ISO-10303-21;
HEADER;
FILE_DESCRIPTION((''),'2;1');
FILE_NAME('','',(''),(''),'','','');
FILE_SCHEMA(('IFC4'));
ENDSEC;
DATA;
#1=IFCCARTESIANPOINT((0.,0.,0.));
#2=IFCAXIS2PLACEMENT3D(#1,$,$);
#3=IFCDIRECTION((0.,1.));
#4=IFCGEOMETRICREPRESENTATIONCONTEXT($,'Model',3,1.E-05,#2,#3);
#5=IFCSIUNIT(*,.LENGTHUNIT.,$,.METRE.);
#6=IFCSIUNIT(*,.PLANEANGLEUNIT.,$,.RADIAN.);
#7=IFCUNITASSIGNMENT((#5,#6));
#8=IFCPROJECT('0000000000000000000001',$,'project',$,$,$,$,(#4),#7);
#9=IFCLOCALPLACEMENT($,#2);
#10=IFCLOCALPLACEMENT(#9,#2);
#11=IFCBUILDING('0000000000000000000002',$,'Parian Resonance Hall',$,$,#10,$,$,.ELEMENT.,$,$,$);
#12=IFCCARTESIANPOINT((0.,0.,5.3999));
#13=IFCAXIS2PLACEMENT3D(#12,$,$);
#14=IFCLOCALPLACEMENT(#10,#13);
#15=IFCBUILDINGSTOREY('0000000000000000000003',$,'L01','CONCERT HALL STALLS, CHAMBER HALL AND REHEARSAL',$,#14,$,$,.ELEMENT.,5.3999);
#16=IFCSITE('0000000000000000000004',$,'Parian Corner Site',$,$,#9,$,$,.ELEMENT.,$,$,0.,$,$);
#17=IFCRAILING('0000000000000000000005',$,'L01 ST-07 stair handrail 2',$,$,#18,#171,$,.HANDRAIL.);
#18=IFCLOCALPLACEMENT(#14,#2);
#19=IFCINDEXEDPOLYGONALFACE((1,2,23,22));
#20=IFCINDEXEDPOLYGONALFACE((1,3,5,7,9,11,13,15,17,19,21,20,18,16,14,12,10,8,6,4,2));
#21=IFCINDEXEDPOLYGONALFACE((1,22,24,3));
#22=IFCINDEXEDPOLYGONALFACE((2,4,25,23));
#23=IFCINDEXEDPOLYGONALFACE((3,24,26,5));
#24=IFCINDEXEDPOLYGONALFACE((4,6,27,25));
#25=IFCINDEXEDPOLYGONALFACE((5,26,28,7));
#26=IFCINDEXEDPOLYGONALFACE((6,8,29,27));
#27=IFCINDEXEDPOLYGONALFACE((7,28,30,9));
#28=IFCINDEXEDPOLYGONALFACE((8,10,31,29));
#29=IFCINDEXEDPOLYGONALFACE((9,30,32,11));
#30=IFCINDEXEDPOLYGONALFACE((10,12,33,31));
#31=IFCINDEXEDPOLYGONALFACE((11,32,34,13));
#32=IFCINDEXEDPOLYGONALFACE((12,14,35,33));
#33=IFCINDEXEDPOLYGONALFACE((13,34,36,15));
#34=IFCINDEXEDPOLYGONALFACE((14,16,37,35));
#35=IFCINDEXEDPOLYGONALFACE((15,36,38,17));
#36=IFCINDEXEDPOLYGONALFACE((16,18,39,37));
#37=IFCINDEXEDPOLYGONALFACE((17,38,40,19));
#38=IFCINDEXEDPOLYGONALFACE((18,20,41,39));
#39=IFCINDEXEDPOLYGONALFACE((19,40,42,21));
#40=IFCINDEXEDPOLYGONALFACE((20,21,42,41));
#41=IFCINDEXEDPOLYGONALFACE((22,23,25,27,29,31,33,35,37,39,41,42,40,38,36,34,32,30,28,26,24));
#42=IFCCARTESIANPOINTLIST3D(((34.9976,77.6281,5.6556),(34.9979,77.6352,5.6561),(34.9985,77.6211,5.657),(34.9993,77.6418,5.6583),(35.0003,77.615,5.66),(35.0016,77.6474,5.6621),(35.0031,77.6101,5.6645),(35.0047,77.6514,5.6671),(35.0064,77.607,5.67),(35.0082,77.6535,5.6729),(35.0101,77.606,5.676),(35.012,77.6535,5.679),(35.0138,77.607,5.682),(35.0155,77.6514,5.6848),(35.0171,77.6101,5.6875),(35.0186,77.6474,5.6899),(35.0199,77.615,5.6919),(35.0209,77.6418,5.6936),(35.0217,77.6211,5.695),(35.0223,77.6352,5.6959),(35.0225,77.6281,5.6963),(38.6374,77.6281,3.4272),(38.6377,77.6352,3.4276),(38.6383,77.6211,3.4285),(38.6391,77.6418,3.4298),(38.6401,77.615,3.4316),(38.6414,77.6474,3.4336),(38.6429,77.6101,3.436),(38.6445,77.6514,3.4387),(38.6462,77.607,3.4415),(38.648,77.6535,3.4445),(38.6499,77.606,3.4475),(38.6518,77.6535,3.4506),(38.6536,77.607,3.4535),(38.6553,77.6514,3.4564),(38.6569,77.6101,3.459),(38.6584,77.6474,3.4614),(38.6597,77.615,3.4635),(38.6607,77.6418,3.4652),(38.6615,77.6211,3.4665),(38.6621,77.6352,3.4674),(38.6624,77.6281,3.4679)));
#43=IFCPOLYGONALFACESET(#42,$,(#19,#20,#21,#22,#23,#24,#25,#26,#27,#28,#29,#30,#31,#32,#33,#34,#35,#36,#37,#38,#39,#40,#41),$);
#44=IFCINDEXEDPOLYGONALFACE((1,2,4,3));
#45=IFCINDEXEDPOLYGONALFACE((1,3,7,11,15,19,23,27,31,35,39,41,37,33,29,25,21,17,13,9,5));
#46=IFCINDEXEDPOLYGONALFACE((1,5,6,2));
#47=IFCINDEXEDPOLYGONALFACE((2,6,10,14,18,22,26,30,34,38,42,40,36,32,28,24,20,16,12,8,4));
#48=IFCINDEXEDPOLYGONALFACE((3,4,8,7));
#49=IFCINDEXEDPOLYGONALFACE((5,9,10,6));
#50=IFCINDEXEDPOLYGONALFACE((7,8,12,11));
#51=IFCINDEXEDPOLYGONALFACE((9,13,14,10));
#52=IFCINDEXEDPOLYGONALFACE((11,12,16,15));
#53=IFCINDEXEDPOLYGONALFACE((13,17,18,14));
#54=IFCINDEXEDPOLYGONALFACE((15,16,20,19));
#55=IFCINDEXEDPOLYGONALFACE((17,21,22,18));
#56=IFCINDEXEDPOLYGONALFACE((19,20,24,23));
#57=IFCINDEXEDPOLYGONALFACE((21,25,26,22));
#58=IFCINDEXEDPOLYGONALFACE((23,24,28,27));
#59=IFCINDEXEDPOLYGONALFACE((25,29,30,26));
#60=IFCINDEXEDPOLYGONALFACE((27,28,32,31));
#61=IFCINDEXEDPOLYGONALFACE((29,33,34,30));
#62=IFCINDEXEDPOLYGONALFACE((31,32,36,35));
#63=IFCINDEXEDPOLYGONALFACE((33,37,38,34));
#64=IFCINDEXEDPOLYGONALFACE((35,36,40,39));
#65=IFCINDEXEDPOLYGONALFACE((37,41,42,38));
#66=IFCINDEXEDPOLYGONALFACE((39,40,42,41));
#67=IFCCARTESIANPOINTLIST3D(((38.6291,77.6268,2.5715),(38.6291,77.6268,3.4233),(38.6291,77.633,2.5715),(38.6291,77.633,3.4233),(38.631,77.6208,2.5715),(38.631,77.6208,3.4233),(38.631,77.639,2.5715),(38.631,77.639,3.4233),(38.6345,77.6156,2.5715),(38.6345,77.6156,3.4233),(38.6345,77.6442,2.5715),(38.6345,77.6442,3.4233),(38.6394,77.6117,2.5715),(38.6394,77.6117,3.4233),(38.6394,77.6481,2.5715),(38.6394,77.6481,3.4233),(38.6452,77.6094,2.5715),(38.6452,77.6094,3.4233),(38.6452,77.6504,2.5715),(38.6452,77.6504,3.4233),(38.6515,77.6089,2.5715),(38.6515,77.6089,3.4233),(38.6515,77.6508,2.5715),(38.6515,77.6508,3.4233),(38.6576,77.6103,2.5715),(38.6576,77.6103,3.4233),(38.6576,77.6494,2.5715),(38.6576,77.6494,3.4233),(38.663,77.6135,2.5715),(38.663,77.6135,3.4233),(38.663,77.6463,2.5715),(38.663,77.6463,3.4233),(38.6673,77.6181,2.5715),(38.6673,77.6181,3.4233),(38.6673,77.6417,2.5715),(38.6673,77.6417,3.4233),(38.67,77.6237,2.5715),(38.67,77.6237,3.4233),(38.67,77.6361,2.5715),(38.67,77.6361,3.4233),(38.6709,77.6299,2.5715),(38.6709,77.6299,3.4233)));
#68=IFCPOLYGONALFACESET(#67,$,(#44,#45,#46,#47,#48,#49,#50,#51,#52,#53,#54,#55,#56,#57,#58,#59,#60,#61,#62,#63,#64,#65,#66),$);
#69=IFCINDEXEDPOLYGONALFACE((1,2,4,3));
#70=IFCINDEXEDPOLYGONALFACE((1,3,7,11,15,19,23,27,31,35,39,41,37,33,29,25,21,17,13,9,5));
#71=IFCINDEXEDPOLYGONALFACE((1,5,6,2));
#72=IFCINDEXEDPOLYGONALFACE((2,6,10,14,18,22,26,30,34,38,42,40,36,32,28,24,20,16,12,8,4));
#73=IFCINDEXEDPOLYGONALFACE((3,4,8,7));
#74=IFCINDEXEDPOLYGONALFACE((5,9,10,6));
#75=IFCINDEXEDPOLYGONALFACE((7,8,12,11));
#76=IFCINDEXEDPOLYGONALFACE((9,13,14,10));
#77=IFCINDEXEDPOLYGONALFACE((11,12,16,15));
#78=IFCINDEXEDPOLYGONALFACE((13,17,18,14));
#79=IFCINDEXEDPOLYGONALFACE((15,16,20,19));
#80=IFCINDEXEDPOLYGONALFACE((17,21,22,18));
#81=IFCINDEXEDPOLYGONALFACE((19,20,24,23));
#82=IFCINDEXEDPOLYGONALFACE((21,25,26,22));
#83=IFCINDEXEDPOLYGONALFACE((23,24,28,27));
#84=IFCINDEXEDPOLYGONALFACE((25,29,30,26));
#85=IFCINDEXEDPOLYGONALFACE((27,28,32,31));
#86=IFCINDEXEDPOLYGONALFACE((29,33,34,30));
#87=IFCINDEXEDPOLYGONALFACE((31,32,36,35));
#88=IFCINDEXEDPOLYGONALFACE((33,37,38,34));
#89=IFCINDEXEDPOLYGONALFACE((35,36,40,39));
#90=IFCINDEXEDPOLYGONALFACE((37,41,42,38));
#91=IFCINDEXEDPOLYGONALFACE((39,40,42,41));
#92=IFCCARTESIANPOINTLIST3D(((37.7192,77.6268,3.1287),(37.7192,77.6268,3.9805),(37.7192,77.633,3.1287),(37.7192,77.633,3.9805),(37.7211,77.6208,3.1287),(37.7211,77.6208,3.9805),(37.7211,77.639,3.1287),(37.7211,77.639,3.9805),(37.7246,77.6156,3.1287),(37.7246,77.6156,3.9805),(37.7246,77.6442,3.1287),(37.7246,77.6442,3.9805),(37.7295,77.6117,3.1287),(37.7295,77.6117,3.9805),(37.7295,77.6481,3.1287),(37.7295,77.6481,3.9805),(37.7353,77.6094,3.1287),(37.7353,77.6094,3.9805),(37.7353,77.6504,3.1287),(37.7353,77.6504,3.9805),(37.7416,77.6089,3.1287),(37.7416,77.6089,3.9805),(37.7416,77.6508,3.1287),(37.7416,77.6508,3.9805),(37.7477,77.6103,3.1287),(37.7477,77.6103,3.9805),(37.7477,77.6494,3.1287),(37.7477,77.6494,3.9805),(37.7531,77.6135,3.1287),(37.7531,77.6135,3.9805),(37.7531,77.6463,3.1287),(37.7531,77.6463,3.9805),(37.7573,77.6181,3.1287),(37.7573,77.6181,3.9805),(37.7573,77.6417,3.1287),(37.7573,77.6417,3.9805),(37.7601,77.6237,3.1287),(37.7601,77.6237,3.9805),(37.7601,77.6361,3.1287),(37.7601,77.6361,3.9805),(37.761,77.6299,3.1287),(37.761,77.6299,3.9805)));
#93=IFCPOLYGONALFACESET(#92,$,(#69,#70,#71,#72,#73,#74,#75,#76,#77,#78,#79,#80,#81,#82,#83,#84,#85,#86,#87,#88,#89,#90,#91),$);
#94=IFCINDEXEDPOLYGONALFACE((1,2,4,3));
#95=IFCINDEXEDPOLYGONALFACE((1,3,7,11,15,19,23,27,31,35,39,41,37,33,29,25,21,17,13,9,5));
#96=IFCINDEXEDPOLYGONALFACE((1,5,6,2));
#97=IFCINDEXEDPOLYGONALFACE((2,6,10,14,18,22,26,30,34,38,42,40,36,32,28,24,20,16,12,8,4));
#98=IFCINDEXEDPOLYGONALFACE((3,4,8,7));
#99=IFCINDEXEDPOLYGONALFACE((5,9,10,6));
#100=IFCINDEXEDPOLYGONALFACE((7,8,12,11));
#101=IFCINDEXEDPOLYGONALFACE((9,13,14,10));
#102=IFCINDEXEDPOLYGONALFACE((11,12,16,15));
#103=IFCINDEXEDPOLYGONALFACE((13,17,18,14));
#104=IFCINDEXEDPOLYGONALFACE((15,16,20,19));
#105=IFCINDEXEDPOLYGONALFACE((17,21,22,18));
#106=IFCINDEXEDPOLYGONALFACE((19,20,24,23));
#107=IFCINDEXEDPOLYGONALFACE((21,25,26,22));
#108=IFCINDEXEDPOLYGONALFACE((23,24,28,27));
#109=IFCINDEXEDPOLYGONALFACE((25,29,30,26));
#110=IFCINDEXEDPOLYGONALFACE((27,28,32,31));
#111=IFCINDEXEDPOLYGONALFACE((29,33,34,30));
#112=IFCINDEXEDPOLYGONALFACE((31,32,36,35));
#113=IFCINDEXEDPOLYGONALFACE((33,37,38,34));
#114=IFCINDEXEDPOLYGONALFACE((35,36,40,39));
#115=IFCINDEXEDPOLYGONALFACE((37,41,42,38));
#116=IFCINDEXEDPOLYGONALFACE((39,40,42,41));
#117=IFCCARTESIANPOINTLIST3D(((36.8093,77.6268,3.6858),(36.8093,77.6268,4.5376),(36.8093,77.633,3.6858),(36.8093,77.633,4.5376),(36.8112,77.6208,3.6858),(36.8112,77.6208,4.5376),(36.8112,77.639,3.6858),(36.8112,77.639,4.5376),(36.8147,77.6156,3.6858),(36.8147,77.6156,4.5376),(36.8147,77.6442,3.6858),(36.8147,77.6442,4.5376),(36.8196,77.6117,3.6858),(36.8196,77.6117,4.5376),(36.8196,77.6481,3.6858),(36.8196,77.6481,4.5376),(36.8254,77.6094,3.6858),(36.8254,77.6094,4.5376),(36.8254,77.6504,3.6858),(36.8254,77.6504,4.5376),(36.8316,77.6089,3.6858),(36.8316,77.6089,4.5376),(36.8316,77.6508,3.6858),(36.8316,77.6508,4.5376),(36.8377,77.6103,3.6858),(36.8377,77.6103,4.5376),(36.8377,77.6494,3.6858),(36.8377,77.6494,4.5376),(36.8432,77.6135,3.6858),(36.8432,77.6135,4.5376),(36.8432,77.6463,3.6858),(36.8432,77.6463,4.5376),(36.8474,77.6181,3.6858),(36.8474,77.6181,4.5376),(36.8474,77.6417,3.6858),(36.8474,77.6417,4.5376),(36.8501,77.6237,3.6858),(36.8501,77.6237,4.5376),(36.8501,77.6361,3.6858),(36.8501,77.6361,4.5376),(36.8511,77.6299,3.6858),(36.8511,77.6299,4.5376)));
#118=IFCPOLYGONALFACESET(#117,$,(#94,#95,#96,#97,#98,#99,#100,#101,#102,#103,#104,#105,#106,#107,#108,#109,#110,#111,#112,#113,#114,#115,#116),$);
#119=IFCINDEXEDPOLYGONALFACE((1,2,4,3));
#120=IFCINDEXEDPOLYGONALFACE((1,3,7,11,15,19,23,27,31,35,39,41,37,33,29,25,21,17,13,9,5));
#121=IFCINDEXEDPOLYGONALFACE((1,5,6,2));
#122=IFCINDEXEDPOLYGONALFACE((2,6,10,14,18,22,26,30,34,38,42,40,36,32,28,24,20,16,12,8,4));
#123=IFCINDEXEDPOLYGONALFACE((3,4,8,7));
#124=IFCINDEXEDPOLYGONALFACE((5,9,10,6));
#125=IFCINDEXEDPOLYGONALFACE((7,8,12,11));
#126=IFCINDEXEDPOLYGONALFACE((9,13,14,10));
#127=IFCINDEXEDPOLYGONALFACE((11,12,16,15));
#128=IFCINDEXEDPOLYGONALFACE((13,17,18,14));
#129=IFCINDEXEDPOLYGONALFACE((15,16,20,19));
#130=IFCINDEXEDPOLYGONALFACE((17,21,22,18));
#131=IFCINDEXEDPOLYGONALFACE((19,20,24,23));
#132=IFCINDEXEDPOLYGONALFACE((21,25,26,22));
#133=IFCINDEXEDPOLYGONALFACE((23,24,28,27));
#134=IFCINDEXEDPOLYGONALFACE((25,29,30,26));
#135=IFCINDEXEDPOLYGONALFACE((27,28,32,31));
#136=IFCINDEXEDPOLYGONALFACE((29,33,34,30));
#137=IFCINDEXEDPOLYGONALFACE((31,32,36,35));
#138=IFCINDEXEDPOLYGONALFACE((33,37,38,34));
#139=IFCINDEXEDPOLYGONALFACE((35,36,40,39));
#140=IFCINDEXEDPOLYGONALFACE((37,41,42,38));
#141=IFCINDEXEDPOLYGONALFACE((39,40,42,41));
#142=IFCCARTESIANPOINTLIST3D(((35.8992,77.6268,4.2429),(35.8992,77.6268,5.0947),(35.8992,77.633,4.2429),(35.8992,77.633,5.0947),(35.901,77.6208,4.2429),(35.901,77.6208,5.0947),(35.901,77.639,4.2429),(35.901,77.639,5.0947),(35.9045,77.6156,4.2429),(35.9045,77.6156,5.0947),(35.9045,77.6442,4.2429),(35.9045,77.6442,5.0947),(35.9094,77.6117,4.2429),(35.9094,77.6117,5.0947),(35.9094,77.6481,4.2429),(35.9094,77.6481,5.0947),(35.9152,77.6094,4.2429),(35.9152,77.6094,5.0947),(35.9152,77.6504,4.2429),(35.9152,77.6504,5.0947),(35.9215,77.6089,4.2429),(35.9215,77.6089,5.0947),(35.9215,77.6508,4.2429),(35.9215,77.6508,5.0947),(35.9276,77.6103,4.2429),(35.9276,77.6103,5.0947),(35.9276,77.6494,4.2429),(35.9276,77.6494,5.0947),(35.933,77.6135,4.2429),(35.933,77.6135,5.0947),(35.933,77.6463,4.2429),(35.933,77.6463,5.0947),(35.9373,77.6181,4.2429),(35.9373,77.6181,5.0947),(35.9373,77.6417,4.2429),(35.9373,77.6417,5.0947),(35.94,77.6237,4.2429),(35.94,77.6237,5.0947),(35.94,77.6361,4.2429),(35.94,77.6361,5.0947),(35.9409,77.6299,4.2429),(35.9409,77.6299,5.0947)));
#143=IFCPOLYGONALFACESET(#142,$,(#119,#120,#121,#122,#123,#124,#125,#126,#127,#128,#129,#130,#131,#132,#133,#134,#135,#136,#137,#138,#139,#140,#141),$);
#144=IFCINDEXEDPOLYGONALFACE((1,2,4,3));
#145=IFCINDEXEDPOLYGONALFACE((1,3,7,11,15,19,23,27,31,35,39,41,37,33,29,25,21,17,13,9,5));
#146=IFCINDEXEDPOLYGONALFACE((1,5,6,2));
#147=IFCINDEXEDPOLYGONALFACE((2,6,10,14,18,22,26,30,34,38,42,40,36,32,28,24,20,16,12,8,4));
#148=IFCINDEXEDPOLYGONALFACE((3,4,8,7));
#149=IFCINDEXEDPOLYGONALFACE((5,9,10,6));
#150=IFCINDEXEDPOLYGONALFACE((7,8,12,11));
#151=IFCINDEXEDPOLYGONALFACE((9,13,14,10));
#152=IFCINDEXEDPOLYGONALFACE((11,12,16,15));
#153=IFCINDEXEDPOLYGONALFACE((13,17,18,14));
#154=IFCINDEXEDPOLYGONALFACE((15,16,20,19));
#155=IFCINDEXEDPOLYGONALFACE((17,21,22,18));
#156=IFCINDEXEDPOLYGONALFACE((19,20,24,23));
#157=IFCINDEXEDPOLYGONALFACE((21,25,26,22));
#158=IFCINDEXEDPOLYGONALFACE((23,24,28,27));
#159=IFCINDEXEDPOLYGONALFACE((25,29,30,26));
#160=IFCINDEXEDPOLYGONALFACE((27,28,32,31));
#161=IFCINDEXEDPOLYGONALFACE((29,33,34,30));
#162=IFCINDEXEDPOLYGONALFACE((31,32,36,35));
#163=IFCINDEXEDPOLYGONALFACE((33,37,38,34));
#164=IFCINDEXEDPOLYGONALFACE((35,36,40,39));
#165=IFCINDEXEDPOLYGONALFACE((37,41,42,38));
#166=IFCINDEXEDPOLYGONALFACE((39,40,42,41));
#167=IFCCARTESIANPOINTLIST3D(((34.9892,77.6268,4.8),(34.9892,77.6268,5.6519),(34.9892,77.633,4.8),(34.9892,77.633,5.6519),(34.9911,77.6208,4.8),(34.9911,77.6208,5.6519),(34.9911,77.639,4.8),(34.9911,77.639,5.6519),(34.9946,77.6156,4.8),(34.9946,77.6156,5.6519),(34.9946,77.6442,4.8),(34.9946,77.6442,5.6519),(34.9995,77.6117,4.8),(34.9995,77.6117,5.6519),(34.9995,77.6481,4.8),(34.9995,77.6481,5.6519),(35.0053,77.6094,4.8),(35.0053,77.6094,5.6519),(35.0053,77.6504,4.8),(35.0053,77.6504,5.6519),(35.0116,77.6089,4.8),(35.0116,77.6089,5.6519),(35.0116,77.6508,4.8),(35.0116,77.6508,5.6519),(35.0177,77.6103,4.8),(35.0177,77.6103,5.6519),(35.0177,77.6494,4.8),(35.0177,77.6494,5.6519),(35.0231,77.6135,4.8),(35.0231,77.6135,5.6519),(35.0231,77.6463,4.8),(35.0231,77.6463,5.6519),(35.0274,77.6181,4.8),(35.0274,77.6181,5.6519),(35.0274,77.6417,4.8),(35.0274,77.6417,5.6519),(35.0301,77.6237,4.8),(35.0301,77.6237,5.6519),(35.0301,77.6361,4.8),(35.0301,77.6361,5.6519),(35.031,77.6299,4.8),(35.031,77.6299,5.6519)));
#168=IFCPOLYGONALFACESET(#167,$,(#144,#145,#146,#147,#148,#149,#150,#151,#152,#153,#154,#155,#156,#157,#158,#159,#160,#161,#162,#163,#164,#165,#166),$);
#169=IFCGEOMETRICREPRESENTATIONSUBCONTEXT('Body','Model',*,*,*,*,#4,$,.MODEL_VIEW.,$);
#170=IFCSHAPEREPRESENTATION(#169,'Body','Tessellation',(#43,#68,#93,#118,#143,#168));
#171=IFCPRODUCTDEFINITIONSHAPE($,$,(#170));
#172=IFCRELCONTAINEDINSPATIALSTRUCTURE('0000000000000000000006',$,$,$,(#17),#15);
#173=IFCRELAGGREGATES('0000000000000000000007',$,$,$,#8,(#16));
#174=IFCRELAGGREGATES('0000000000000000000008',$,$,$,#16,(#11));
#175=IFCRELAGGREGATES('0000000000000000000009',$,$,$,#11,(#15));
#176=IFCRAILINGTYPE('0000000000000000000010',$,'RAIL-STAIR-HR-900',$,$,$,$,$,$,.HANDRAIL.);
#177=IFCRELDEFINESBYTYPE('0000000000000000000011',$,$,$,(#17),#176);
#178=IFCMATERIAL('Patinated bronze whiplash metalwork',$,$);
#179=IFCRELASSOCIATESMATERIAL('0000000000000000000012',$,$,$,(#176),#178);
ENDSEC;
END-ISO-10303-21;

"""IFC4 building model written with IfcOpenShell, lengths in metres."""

from ifc_helpers import new_model, si_unit, direction, frame, origin, origin_2d, place, context, subcontext, project, spatial, circle, extrude, material, type_object, element, save


model = new_model("IFC4")

# Units and contexts
model_context = context("Model", 3, precision=1e-05, world=origin(), true_north=direction((0.0, 1.0)))
body_context = subcontext(model_context, "Body", "Model", "MODEL_VIEW")
ifc_project = project(units=[si_unit("LENGTHUNIT", "METRE"), si_unit("PLANEANGLEUNIT", "RADIAN")], contexts=[model_context])

# Site, building, storey
site_placement = place(None, origin())
site = spatial("IfcSite", under=ifc_project, at=site_placement, Name="Parian Corner Site", CompositionType="ELEMENT", RefElevation=0.0)
building_placement = place(site_placement, origin())
building = spatial("IfcBuilding", under=site, at=building_placement, Name="Parian Resonance Hall", CompositionType="ELEMENT")
storey_placement = place(building_placement, frame((0.0, 0.0, 5.3999)))
storey = spatial("IfcBuildingStorey", under=building, at=storey_placement, Name="L01", Description="CONCERT HALL STALLS, CHAMBER HALL AND REHEARSAL", CompositionType="ELEMENT", Elevation=5.3999)

# Railing
ifc_material_1 = material(Name="Patinated bronze whiplash metalwork")
railing_type_1 = type_object("IfcRailingType", Name="RAIL-STAIR-HR-900", PredefinedType="HANDRAIL", material=ifc_material_1)
railing_1_placement = place(storey_placement, frame((38.6499, 77.6299, 2.5715)))
element("IfcRailing", 1, at=railing_1_placement, inside=storey, type_object=railing_type_1, Name="L01 ST-07 stair handrail 2", PredefinedType="HANDRAIL", context=body_context, shape_type="SweptSolid", body=[
    extrude(circle(Radius=0.0239, at=origin_2d()), frame((0.0, 0.0, 0.876), z_axis=(-0.85285, 0.0, 0.522156), x_axis=(0.0, -1.0, 0.0)), (0.0, 0.0, 1.0), 4.2678),
    extrude(circle(Radius=0.021, at=origin_2d()), origin(), (0.0, 0.0, 1.0), 0.8518),
    extrude(circle(Radius=0.021, at=origin_2d()), frame((-0.9099, 0.0, 0.5571)), (0.0, 0.0, 1.0), 0.8518),
    extrude(circle(Radius=0.021, at=origin_2d()), frame((-1.8198, 0.0, 1.1143)), (0.0, 0.0, 1.0), 0.8518),
    extrude(circle(Radius=0.021, at=origin_2d()), frame((-2.73, 0.0, 1.6714)), (0.0, 0.0, 1.0), 0.8518),
    extrude(circle(Radius=0.021, at=origin_2d()), frame((-3.6399, 0.0, 2.2285)), (0.0, 0.0, 1.0), 0.8518),
])

save(model, "model.ifc")
